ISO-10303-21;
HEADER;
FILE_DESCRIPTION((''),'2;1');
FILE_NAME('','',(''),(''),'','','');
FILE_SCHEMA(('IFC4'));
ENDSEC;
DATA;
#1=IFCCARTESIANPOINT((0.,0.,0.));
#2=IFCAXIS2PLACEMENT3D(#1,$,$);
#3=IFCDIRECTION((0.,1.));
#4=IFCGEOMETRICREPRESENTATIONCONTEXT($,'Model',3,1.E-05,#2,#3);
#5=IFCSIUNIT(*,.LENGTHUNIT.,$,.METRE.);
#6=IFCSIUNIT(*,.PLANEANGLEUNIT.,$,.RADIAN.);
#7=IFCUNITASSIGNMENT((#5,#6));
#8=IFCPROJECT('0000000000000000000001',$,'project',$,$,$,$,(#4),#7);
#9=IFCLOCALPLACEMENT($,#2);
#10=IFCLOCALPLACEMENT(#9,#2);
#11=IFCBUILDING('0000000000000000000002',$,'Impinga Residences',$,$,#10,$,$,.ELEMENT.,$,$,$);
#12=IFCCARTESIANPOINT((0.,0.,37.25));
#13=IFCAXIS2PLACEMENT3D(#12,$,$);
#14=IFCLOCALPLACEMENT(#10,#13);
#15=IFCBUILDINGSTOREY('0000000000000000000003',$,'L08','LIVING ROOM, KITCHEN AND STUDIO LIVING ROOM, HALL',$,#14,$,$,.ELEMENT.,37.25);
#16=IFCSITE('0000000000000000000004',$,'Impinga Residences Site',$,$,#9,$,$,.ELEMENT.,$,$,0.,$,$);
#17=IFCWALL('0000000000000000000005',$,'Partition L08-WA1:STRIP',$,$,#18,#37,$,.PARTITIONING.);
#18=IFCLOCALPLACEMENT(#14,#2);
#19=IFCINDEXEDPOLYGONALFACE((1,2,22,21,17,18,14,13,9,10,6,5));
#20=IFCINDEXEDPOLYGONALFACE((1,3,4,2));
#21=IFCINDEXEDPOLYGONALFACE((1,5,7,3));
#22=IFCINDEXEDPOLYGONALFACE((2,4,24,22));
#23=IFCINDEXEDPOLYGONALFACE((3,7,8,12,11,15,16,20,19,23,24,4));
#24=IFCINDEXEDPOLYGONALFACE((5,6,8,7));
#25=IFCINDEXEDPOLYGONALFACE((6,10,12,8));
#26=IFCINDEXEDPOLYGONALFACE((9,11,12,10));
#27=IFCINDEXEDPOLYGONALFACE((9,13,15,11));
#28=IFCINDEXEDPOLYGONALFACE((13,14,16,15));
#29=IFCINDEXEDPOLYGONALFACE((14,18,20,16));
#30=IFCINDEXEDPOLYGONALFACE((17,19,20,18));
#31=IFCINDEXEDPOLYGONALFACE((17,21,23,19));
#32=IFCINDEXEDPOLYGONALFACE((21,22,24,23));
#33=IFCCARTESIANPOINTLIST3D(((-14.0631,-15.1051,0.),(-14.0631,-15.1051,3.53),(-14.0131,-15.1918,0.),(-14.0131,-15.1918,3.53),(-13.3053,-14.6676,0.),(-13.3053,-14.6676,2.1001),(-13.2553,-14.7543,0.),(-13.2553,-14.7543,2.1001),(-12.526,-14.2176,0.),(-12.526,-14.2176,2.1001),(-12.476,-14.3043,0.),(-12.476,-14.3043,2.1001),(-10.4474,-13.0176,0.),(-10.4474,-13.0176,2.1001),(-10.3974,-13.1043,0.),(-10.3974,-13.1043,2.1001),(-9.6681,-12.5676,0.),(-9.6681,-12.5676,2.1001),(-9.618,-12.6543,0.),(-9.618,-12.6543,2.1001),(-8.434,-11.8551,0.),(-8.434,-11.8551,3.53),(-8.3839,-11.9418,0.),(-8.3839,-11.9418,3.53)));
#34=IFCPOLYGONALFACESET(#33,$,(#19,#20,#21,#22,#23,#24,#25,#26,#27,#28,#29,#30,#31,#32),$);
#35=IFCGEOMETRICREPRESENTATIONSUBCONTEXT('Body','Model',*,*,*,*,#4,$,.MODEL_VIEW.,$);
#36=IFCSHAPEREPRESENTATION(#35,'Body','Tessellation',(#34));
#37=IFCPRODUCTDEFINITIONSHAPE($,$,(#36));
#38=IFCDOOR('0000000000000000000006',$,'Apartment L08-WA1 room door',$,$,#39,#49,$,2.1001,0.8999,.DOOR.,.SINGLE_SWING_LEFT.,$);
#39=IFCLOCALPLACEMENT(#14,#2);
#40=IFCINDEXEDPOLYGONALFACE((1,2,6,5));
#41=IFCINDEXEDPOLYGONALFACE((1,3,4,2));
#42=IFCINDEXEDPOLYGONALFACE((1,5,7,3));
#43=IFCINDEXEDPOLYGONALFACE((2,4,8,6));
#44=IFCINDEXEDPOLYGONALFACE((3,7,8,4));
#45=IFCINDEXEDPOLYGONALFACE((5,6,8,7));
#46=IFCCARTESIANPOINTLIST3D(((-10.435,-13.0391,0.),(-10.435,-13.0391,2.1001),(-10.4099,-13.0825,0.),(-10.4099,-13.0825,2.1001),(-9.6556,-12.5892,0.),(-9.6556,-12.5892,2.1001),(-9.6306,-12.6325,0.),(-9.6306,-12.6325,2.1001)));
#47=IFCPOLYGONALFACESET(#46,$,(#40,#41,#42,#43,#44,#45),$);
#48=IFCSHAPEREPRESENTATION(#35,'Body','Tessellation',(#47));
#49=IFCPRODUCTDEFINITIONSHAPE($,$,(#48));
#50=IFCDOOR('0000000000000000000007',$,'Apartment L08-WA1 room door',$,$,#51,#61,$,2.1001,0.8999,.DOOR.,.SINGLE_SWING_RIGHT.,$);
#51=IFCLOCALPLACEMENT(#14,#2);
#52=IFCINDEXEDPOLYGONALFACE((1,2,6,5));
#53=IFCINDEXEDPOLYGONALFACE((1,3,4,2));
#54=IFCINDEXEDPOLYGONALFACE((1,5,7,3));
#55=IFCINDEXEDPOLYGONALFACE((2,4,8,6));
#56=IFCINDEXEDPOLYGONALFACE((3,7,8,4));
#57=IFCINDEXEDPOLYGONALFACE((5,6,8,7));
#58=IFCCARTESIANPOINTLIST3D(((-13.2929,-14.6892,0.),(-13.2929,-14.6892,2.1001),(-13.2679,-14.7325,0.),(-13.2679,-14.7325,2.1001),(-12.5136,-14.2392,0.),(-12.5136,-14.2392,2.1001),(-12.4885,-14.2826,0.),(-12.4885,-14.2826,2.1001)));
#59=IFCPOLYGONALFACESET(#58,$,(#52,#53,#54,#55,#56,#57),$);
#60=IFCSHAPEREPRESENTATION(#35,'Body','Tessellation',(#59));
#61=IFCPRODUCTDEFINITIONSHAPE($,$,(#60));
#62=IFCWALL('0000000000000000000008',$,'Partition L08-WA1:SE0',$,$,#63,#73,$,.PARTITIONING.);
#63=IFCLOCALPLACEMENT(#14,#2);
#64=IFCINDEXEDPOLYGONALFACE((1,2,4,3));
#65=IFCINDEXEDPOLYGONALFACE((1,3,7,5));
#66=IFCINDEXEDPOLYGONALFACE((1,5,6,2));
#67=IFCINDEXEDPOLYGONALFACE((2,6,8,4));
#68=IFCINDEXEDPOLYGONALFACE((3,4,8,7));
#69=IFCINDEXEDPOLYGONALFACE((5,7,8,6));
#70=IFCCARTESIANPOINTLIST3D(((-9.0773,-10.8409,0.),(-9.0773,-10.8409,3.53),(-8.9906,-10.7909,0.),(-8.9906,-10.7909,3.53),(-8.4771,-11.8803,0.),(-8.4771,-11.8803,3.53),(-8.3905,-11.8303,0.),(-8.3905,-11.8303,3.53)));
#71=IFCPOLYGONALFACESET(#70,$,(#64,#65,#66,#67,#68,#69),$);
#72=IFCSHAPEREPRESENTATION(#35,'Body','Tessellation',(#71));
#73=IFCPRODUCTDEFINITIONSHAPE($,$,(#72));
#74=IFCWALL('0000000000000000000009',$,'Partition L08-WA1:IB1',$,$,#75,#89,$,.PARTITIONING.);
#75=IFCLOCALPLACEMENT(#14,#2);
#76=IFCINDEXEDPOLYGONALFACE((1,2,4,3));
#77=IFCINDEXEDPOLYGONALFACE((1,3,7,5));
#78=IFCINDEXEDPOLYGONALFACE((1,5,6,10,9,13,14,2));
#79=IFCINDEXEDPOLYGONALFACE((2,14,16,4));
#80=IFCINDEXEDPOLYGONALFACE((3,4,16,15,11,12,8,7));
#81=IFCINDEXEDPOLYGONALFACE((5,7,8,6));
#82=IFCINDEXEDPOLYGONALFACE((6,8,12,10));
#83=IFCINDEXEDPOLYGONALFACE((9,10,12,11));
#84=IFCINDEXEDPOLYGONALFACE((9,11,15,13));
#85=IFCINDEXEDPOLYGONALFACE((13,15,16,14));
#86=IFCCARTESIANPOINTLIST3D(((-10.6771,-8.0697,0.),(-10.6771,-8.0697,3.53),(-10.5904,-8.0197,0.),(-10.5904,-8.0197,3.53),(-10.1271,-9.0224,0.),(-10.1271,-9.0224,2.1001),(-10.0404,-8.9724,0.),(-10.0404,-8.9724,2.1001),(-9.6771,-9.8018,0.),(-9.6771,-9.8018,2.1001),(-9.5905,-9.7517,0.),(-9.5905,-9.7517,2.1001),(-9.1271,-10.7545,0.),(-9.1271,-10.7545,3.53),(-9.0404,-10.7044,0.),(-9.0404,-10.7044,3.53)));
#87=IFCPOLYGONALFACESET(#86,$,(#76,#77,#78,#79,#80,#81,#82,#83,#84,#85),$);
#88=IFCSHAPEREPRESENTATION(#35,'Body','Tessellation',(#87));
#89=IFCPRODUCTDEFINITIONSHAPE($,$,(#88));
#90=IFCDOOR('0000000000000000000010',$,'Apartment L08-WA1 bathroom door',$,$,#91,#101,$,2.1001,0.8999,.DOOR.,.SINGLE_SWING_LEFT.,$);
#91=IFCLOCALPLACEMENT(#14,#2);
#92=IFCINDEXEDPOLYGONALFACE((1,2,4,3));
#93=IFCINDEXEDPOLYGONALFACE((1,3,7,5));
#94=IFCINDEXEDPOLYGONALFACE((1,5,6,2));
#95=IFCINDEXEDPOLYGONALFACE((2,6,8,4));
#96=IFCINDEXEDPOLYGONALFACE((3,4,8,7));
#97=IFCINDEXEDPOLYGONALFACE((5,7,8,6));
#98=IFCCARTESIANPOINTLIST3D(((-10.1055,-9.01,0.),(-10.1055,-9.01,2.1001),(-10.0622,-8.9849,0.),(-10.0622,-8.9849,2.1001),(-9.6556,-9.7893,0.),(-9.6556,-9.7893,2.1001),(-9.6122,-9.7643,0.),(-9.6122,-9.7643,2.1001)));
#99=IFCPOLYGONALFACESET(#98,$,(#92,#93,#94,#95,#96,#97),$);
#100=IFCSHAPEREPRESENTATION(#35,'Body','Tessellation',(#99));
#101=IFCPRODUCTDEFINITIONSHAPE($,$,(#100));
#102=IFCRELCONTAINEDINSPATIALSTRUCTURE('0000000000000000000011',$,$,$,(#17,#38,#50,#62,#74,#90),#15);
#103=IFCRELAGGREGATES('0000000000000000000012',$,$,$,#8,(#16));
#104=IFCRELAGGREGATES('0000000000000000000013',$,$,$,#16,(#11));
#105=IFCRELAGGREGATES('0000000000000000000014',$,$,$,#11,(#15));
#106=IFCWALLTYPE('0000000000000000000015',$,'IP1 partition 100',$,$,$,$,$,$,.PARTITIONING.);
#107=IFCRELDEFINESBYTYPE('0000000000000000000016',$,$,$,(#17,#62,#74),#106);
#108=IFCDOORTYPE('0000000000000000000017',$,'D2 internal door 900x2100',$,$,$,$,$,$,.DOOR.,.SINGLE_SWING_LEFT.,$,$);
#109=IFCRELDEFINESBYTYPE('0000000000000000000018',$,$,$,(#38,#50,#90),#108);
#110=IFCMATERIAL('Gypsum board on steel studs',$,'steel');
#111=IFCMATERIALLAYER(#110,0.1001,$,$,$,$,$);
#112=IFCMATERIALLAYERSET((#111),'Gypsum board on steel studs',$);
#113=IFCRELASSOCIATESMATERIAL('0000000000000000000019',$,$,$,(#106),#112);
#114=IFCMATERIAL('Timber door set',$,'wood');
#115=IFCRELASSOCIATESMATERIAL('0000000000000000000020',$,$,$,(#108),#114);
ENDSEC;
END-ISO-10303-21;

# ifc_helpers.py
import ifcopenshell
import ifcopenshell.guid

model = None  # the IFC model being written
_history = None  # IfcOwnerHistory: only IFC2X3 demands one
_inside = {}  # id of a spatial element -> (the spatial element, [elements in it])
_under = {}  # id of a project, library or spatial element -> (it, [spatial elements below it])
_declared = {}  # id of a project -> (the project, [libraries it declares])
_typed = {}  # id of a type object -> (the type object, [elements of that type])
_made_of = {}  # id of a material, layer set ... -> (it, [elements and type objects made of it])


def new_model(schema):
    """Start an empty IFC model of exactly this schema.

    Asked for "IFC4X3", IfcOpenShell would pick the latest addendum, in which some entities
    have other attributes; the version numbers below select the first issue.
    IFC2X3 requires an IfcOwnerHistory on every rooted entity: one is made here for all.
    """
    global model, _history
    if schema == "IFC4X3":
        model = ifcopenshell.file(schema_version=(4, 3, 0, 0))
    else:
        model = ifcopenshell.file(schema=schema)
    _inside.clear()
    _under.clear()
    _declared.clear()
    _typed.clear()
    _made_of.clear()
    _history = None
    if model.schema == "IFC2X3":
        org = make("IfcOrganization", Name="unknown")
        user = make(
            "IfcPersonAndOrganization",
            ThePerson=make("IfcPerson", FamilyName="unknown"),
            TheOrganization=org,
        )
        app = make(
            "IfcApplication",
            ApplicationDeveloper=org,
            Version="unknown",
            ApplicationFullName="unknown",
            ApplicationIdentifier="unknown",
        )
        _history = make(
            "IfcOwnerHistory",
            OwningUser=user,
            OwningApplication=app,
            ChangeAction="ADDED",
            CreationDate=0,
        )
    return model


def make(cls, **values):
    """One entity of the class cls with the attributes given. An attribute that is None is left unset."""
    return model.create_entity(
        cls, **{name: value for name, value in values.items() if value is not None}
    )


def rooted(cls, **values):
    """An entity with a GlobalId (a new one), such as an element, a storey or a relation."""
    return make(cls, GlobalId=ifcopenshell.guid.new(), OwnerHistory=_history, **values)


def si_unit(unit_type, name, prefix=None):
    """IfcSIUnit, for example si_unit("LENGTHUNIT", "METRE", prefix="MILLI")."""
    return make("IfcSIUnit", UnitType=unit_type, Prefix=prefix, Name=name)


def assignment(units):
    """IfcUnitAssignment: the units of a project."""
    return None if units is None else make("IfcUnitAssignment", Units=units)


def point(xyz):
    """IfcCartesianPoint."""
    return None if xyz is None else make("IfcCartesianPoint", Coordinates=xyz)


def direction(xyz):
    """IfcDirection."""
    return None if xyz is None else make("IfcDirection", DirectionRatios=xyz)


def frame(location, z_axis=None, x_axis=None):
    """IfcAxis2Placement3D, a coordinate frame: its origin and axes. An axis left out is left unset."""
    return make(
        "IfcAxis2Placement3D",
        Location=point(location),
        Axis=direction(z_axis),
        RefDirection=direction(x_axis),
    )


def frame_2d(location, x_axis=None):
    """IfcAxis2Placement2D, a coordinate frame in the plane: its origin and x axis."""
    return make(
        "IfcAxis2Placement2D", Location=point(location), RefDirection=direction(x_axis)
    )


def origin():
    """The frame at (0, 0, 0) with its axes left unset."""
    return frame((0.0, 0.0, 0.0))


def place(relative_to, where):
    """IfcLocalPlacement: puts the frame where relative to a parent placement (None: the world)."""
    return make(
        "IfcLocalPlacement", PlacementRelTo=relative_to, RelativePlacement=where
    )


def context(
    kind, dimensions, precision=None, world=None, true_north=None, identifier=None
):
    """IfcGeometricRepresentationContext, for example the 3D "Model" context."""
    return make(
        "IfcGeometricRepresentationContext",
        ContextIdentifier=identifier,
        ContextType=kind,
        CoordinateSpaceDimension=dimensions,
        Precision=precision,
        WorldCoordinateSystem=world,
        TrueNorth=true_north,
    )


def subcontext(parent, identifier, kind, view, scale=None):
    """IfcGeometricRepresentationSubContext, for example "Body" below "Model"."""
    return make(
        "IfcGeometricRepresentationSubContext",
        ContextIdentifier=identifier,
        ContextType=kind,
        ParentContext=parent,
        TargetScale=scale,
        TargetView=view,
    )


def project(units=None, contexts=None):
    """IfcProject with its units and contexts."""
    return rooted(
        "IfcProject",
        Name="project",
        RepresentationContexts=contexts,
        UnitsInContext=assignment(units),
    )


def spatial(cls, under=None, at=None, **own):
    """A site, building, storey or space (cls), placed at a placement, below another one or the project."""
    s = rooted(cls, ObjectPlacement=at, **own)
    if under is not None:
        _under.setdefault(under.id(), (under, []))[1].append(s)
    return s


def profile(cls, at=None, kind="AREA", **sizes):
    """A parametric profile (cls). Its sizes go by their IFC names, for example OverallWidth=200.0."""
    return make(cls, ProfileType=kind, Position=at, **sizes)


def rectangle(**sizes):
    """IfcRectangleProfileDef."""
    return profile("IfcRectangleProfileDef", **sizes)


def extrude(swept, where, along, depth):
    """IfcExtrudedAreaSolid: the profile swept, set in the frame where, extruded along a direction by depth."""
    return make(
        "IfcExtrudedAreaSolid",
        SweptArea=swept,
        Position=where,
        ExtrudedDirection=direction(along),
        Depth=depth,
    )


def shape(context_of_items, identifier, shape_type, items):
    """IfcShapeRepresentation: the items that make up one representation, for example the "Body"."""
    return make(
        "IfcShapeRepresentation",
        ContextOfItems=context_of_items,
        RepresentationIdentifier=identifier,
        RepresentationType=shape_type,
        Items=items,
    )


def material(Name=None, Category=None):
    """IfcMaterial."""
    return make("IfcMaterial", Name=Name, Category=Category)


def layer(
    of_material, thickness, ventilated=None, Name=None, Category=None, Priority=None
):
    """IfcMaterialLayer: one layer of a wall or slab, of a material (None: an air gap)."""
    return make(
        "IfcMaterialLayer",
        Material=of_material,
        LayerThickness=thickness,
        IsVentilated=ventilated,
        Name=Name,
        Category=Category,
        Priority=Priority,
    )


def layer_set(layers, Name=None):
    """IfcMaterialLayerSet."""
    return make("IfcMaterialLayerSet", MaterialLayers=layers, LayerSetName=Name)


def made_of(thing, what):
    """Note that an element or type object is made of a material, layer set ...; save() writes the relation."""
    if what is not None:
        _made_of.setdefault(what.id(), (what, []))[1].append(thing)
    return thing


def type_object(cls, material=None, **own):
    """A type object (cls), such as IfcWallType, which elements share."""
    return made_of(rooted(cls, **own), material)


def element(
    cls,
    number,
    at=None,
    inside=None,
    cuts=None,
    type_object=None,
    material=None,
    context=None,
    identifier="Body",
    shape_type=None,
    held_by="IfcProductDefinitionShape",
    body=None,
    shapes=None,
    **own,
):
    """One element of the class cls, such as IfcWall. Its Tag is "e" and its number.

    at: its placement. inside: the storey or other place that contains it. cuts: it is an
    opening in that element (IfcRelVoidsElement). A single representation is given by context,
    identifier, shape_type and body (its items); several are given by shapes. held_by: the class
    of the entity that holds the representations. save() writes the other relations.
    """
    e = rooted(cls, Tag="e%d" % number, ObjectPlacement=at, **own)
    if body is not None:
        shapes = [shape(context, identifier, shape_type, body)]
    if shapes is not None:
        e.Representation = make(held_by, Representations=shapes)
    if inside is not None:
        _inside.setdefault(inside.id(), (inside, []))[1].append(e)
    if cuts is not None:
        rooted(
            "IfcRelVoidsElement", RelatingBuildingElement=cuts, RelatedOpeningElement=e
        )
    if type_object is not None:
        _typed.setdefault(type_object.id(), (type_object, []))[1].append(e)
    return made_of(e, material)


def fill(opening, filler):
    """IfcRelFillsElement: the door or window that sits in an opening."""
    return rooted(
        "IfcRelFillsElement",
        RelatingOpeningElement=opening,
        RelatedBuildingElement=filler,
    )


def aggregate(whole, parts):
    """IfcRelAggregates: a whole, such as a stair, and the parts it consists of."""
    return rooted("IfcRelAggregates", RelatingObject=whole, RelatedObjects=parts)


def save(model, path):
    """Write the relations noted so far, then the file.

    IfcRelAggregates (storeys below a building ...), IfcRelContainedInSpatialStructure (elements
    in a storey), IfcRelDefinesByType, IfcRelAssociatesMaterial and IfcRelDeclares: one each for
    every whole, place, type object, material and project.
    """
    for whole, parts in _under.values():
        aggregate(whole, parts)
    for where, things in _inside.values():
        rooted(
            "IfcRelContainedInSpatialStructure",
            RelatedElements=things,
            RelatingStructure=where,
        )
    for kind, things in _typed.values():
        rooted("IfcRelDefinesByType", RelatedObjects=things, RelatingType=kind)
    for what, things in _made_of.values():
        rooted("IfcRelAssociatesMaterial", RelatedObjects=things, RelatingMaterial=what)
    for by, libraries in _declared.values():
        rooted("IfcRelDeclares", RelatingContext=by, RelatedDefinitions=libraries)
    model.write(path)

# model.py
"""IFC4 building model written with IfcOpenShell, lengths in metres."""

from ifc_helpers import new_model, si_unit, direction, frame, frame_2d, origin, place, context, subcontext, project, spatial, rectangle, extrude, material, layer, layer_set, type_object, element, fill, save


model = new_model("IFC4")

# Units and contexts
model_context = context("Model", 3, precision=1e-05, world=origin(), true_north=direction((0.0, 1.0)))
body_context = subcontext(model_context, "Body", "Model", "MODEL_VIEW")
ifc_project = project(units=[si_unit("LENGTHUNIT", "METRE"), si_unit("PLANEANGLEUNIT", "RADIAN")], contexts=[model_context])

# Site, building, storey
site_placement = place(None, origin())
site = spatial("IfcSite", under=ifc_project, at=site_placement, Name="Impinga Residences Site", CompositionType="ELEMENT", RefElevation=0.0)
building_placement = place(site_placement, origin())
building = spatial("IfcBuilding", under=site, at=building_placement, Name="Impinga Residences", CompositionType="ELEMENT")
storey_placement = place(building_placement, frame((0.0, 0.0, 37.25)))
storey = spatial("IfcBuildingStorey", under=building, at=storey_placement, Name="L08", Description="LIVING ROOM, KITCHEN AND STUDIO LIVING ROOM, HALL", CompositionType="ELEMENT", Elevation=37.25)

# Shared definitions
ifc_material_1 = material(Name="Timber door set", Category="wood")

# Shared definitions
ifc_material_2 = material(Name="Gypsum board on steel studs", Category="steel")
ifc_layer_1 = layer(ifc_material_2, 0.1001)
ifc_layer_set_1 = layer_set([ifc_layer_1], Name="Gypsum board on steel studs")
wall_type_1 = type_object("IfcWallType", Name="IP1 partition 100", PredefinedType="PARTITIONING", material=ifc_layer_set_1)

# Wall, openings, doors
wall_1_placement = place(storey_placement, frame((-8.4089, -11.8984, 0.0), z_axis=(0.0, 0.0, 1.0), x_axis=(-0.866025, -0.500001, 0.0)))
wall_1 = element("IfcWall", 1, at=wall_1_placement, inside=storey, type_object=wall_type_1, Name="Partition L08-WA1:STRIP", PredefinedType="PARTITIONING", context=body_context, shape_type="SweptSolid", body=[
    extrude(rectangle(XDim=6.5, YDim=0.1001, at=frame_2d((3.25, 0.0))), origin(), (0.0, 0.0, 1.0), 3.53),
])
opening_1_placement = place(wall_1_placement, frame((1.425, 0.0, 0.0)))
opening_1 = element("IfcOpeningElement", 2, at=opening_1_placement, cuts=wall_1, PredefinedType="OPENING", context=body_context, shape_type="SweptSolid", body=[
    extrude(rectangle(XDim=0.8999, YDim=2.1001, at=frame_2d((0.45, 1.05))), frame((0.0, 0.0601, 0.0), z_axis=(0.0, -1.0, 0.0), x_axis=(1.0, 0.0, 0.0)), (0.0, 0.0, 1.0), 0.1201),
])
opening_2_placement = place(wall_1_placement, frame((4.7251, 0.0, 0.0)))
opening_2 = element("IfcOpeningElement", 3, at=opening_2_placement, cuts=wall_1, PredefinedType="OPENING", context=body_context, shape_type="SweptSolid", body=[
    extrude(rectangle(XDim=0.8999, YDim=2.1001, at=frame_2d((0.45, 1.05))), frame((0.0, 0.0601, 0.0), z_axis=(0.0, -1.0, 0.0), x_axis=(1.0, 0.0, 0.0)), (0.0, 0.0, 1.0), 0.1201),
])
door_type_1 = type_object("IfcDoorType", Name="D2 internal door 900x2100", OperationType="SINGLE_SWING_LEFT", PredefinedType="DOOR", material=ifc_material_1)
door_1_placement = place(opening_1_placement, origin())
door_1 = element("IfcDoor", 4, at=door_1_placement, inside=storey, type_object=door_type_1, Name="Apartment L08-WA1 room door", OperationType="SINGLE_SWING_LEFT", OverallHeight=2.1001, OverallWidth=0.8999, PredefinedType="DOOR", context=body_context, shape_type="SweptSolid", body=[
    extrude(rectangle(XDim=0.8999, YDim=2.1001, at=frame_2d((0.45, 1.05))), frame((0.0, 0.0249, 0.0), z_axis=(0.0, -1.0, 0.0), x_axis=(1.0, 0.0, 0.0)), (0.0, 0.0, 1.0), 0.05),
])
fill(opening_1, door_1)
door_2_placement = place(opening_2_placement, origin())
door_2 = element("IfcDoor", 5, at=door_2_placement, inside=storey, type_object=door_type_1, Name="Apartment L08-WA1 room door", OperationType="SINGLE_SWING_RIGHT", OverallHeight=2.1001, OverallWidth=0.8999, PredefinedType="DOOR", context=body_context, shape_type="SweptSolid", body=[
    extrude(rectangle(XDim=0.8999, YDim=2.1001, at=frame_2d((0.45, 1.05))), frame((0.0, 0.0249, 0.0), z_axis=(0.0, -1.0, 0.0), x_axis=(1.0, 0.0, 0.0)), (0.0, 0.0, 1.0), 0.05),
])
fill(opening_2, door_2)

# Wall
wall_2_placement = place(storey_placement, frame((-9.0339, -10.8159, 0.0), z_axis=(0.0, 0.0, 1.0), x_axis=(0.500034, -0.866006, 0.0)))
element("IfcWall", 6, at=wall_2_placement, inside=storey, type_object=wall_type_1, Name="Partition L08-WA1:SE0", PredefinedType="PARTITIONING", context=body_context, shape_type="SweptSolid", body=[
    extrude(rectangle(XDim=1.2002, YDim=0.1001, at=frame_2d((0.6001, 0.0))), origin(), (0.0, 0.0, 1.0), 3.53),
])

# Wall, opening, door
wall_3_placement = place(storey_placement, frame((-10.6338, -8.0447, 0.0), z_axis=(0.0, 0.0, 1.0), x_axis=(0.499993, -0.86603, 0.0)))
wall_3 = element("IfcWall", 7, at=wall_3_placement, inside=storey, type_object=wall_type_1, Name="Partition L08-WA1:IB1", PredefinedType="PARTITIONING", context=body_context, shape_type="SweptSolid", body=[
    extrude(rectangle(XDim=3.1001, YDim=0.1001, at=frame_2d((1.55, 0.0))), origin(), (0.0, 0.0, 1.0), 3.53),
])
opening_3_placement = place(wall_3_placement, frame((1.1001, 0.0, 0.0)))
opening_3 = element("IfcOpeningElement", 8, at=opening_3_placement, cuts=wall_3, PredefinedType="OPENING", context=body_context, shape_type="SweptSolid", body=[
    extrude(rectangle(XDim=0.8999, YDim=2.1001, at=frame_2d((0.45, 1.05))), frame((0.0, 0.0601, 0.0), z_axis=(0.0, -1.0, 0.0), x_axis=(1.0, 0.0, 0.0)), (0.0, 0.0, 1.0), 0.1201),
])
door_3_placement = place(opening_3_placement, origin())
door_3 = element("IfcDoor", 9, at=door_3_placement, inside=storey, type_object=door_type_1, Name="Apartment L08-WA1 bathroom door", OperationType="SINGLE_SWING_LEFT", OverallHeight=2.1001, OverallWidth=0.8999, PredefinedType="DOOR", context=body_context, shape_type="SweptSolid", body=[
    extrude(rectangle(XDim=0.8999, YDim=2.1001, at=frame_2d((0.45, 1.05))), frame((0.0, 0.0249, 0.0), z_axis=(0.0, -1.0, 0.0), x_axis=(1.0, 0.0, 0.0)), (0.0, 0.0, 1.0), 0.05),
])
fill(opening_3, door_3)

save(model, "model.ifc")
